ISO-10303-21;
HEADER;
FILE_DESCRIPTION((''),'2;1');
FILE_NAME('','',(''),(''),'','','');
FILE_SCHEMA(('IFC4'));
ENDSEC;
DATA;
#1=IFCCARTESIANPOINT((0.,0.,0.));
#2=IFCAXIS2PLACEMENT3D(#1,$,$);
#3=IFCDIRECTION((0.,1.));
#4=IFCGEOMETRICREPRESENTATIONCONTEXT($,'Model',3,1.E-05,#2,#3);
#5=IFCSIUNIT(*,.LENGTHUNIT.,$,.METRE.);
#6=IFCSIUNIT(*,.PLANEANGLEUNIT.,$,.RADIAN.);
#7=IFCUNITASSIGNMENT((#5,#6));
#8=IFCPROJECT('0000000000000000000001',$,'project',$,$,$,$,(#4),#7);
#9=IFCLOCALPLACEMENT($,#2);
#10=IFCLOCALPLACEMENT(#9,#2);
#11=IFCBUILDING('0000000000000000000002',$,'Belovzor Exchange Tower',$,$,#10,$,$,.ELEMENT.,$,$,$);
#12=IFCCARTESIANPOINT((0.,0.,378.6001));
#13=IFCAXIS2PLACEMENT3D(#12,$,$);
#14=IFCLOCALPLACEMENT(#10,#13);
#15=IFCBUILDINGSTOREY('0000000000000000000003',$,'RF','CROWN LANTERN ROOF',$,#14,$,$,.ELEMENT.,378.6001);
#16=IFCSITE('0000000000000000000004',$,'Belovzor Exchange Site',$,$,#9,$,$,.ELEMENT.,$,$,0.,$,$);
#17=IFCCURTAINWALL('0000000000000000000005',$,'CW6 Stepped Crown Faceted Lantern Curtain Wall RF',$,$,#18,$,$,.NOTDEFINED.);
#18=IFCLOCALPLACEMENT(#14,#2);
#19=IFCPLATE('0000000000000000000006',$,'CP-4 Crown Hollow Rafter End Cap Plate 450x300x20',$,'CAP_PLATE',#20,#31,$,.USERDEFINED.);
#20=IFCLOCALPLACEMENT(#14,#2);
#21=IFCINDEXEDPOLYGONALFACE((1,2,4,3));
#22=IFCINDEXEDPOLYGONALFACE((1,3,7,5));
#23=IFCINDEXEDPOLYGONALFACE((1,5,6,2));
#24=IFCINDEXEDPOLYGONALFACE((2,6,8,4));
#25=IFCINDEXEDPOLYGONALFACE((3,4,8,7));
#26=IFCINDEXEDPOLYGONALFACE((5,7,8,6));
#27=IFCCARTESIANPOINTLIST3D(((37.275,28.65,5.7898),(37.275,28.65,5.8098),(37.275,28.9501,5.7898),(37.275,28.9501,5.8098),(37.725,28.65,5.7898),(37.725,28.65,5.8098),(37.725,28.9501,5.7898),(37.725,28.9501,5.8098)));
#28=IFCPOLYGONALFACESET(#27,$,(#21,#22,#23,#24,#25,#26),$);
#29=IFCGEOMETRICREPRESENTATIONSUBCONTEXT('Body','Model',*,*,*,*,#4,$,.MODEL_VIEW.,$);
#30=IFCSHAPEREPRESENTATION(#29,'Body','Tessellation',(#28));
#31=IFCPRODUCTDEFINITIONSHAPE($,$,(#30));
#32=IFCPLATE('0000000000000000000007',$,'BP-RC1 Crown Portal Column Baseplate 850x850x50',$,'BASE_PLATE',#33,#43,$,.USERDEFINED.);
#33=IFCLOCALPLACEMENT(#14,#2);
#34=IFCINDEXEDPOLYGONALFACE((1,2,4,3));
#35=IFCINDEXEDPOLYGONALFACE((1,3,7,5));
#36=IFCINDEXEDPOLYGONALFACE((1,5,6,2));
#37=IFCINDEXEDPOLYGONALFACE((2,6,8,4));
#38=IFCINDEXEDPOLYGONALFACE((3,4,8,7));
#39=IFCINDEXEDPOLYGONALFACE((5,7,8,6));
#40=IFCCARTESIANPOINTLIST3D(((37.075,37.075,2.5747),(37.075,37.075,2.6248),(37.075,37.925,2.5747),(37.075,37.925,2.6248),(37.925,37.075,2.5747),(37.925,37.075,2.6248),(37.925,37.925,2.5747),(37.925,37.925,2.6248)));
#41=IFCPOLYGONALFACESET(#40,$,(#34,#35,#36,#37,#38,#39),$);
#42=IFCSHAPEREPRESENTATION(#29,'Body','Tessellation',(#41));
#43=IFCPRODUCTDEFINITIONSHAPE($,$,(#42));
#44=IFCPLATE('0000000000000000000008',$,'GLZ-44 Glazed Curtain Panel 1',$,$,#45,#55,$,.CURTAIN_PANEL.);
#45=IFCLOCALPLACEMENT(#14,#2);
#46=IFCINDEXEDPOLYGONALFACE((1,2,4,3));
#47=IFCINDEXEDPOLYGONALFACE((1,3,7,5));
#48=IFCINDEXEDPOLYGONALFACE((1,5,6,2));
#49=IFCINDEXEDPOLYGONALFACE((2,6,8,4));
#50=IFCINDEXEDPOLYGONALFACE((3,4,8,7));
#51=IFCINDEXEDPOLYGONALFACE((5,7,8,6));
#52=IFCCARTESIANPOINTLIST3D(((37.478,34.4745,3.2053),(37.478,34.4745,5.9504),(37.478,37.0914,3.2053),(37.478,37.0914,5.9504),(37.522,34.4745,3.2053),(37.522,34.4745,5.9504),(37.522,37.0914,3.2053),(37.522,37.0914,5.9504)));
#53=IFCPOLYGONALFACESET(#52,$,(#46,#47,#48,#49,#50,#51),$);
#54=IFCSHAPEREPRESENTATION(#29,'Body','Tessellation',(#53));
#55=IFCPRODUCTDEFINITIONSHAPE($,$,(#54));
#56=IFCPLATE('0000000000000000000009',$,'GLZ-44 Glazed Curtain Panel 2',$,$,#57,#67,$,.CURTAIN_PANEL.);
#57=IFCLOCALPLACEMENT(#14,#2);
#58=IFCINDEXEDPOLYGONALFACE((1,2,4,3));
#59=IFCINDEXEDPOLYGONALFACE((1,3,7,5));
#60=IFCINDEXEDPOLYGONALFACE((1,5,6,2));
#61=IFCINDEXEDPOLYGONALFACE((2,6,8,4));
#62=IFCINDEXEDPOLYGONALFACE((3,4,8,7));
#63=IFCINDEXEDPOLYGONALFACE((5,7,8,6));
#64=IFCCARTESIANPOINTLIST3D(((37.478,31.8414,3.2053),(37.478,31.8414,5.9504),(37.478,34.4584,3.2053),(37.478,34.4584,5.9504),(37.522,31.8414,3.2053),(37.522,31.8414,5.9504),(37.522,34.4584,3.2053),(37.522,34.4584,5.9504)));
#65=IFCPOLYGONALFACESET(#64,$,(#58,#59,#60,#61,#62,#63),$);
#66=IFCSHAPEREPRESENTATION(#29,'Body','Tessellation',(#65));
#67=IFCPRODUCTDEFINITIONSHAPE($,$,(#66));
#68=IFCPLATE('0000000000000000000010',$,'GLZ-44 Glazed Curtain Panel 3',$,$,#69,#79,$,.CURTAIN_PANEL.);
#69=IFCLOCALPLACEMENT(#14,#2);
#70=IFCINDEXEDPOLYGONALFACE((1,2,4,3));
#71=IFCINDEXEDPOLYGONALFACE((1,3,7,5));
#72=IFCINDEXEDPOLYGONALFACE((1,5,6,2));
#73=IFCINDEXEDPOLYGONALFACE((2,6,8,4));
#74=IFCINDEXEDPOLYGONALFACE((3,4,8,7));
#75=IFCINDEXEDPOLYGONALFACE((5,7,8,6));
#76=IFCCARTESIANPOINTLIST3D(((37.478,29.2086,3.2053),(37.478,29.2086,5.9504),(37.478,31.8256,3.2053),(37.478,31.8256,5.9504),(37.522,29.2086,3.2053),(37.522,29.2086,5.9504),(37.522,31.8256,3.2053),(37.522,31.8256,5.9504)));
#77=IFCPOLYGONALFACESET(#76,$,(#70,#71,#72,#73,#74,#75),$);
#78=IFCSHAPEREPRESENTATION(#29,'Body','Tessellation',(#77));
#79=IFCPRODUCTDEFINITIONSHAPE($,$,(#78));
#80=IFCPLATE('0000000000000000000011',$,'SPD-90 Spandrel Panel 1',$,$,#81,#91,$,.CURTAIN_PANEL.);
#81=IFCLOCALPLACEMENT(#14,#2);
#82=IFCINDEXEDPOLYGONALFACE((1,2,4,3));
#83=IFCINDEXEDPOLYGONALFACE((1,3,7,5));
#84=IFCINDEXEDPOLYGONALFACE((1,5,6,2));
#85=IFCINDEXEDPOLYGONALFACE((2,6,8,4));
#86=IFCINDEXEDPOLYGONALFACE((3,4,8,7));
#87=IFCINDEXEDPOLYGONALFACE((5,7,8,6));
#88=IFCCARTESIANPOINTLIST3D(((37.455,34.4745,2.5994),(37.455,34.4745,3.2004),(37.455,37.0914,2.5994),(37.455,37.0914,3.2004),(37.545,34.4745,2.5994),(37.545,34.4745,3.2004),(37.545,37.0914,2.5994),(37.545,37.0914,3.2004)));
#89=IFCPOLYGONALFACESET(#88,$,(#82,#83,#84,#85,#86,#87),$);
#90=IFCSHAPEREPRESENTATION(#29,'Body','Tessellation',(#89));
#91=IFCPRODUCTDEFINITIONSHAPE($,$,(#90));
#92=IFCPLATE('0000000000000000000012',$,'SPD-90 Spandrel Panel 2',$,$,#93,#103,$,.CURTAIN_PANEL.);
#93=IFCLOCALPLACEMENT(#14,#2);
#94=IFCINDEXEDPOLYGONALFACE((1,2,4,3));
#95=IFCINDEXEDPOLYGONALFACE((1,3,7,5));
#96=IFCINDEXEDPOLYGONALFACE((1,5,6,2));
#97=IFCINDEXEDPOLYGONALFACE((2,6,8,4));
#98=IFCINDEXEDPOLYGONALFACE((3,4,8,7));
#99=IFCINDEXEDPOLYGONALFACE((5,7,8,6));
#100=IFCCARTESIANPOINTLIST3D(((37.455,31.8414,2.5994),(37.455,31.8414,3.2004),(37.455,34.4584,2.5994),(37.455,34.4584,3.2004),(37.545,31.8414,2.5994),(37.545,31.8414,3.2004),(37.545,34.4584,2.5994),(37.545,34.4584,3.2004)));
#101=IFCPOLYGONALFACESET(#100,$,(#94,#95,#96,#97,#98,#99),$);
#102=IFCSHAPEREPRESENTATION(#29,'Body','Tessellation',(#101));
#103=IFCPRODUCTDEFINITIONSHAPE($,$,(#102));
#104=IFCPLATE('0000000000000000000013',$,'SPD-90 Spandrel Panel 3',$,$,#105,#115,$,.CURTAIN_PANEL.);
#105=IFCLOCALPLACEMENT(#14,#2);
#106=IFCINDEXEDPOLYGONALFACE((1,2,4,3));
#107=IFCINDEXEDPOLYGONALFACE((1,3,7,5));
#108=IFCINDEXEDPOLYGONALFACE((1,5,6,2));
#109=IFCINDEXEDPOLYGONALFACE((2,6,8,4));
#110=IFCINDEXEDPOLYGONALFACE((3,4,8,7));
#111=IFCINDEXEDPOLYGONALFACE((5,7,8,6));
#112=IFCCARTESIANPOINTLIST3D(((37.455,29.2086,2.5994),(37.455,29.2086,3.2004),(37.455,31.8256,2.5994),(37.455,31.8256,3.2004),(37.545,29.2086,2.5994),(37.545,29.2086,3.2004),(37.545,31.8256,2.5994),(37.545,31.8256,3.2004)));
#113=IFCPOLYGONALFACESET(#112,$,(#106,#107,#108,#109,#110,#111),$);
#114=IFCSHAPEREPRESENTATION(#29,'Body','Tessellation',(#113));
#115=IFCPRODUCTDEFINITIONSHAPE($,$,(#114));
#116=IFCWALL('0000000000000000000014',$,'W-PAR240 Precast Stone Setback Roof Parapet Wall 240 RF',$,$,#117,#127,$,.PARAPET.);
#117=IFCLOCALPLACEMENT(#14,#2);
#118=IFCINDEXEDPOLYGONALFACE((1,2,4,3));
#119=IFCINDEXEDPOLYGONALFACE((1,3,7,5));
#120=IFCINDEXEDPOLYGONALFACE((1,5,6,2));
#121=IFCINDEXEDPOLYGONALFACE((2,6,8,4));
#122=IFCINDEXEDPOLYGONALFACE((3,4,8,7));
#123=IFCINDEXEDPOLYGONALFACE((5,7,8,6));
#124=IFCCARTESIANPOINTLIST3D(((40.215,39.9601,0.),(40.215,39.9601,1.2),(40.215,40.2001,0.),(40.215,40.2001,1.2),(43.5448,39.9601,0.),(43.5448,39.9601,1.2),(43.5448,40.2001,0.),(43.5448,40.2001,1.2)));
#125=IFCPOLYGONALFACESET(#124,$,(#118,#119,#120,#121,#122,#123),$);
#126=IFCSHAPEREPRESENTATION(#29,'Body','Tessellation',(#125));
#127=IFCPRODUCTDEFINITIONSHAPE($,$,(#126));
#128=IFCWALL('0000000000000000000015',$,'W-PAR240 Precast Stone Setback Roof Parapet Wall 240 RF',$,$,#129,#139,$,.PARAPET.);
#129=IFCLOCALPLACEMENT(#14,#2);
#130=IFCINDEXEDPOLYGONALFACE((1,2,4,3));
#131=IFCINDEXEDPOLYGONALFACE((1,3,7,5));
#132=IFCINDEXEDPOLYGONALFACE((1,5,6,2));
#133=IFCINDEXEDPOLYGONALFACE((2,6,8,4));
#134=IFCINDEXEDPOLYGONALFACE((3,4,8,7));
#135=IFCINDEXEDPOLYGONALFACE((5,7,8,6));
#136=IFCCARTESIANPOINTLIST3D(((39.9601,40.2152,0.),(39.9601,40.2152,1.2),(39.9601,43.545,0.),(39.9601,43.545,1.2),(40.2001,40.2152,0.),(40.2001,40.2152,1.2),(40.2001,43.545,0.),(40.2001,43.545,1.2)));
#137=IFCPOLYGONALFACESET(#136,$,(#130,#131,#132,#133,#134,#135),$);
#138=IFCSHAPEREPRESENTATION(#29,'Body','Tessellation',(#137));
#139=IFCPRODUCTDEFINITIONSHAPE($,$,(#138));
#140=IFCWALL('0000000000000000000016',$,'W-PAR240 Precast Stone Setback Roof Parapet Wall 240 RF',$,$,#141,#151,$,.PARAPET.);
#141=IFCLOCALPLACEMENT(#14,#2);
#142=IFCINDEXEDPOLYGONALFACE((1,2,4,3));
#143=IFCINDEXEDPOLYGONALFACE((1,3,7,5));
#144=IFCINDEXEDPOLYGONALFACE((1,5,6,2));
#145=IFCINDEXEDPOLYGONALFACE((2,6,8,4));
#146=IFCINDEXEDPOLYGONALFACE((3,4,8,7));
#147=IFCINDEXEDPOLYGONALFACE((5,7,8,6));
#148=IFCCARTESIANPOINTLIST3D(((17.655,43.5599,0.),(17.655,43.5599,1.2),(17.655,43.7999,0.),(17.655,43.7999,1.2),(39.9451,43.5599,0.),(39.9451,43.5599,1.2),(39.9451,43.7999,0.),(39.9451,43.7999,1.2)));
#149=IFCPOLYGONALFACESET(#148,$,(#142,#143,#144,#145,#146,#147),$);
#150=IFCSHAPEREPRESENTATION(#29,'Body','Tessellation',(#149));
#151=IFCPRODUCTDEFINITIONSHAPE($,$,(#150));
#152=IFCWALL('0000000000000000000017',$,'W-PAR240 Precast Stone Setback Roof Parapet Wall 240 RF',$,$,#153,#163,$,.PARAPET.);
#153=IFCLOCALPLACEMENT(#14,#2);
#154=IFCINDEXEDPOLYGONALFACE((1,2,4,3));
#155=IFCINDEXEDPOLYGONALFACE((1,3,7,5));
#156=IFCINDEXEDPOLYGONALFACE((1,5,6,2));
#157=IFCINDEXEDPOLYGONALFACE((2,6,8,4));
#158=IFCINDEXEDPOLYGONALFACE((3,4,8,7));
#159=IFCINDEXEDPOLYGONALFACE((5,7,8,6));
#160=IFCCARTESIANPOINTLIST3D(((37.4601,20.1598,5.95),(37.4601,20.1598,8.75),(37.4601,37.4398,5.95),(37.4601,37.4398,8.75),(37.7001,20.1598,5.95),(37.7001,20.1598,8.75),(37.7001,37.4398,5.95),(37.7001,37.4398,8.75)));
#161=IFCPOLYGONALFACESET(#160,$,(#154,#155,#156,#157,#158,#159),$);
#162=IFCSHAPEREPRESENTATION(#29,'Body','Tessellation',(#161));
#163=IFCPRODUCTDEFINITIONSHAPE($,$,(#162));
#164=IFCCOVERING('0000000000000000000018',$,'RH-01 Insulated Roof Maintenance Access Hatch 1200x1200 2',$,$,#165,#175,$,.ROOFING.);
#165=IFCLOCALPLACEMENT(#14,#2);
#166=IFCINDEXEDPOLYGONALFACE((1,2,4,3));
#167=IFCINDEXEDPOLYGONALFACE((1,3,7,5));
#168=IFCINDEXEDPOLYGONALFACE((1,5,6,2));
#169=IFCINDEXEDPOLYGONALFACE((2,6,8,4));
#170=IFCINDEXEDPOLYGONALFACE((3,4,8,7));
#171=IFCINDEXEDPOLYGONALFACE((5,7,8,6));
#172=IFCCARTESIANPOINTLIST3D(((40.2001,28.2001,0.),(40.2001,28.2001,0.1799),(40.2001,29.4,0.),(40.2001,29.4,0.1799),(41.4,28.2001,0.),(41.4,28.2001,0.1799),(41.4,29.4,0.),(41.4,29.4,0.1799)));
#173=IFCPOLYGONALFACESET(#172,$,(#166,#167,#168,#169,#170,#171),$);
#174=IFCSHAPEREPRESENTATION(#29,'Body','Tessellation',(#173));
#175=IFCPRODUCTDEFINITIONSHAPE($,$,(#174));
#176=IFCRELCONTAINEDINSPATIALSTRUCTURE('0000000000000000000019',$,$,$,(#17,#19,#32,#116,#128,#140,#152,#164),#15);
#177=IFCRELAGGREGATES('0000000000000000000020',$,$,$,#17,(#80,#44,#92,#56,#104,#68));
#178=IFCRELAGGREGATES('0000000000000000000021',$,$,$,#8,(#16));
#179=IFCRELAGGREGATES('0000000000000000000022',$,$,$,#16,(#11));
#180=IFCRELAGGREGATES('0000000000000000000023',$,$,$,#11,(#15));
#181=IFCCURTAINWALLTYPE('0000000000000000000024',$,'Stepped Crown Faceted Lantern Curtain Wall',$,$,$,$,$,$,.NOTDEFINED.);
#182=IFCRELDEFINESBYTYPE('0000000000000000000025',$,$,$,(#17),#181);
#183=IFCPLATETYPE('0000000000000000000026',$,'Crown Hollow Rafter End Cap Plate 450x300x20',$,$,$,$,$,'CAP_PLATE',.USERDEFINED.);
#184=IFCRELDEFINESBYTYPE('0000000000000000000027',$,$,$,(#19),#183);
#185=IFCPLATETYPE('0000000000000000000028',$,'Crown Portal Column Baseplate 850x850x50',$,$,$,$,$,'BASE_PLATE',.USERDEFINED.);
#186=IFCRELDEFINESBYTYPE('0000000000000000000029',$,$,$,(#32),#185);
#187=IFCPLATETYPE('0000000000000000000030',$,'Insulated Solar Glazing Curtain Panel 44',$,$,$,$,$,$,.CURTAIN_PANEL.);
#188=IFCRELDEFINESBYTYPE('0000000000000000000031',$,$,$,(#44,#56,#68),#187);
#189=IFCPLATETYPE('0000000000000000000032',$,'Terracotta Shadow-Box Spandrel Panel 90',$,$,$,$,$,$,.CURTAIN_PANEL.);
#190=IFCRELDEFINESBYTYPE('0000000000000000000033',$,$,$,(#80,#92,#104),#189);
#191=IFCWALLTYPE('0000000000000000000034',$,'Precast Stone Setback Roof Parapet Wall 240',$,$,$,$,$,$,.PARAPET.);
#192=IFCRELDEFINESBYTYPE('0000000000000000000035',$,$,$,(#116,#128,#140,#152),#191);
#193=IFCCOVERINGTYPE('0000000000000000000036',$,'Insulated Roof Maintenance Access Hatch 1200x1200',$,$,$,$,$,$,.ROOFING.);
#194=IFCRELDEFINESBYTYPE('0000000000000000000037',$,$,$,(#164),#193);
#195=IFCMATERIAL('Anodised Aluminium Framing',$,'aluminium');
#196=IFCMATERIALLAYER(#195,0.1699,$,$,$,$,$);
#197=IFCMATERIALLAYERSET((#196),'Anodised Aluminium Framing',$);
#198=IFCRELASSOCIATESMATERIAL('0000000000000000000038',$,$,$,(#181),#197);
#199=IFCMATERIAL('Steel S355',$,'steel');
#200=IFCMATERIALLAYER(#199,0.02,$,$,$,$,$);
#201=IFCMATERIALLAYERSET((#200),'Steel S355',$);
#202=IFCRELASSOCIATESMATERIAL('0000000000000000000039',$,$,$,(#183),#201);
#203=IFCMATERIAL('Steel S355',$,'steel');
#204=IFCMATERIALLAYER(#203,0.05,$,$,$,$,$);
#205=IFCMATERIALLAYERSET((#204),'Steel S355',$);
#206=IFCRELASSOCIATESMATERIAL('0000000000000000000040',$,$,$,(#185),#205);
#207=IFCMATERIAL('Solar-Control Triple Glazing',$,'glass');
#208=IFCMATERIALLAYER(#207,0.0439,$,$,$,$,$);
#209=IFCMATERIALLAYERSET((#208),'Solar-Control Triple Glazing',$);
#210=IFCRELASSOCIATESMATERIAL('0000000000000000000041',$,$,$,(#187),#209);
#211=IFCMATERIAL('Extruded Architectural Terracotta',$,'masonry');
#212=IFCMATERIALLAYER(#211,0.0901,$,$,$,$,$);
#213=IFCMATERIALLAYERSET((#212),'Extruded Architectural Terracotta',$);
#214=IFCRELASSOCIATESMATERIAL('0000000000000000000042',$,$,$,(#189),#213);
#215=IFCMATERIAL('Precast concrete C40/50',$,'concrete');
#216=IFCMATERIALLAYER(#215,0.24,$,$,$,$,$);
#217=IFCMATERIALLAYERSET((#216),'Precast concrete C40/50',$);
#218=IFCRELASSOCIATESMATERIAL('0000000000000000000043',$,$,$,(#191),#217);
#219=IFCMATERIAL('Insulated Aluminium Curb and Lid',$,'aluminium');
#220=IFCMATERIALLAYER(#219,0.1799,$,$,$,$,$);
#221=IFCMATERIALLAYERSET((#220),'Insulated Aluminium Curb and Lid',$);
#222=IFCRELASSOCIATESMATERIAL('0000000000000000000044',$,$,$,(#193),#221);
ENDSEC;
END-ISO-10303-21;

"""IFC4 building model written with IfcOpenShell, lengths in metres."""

from ifc_helpers import new_model, si_unit, direction, frame, frame_2d, origin, origin_2d, place, context, subcontext, project, spatial, rectangle, extrude, material, layer, layer_set, type_object, element, aggregate, save


model = new_model("IFC4")

# Units and contexts
model_context = context("Model", 3, precision=1e-05, world=origin(), true_north=direction((0.0, 1.0)))
body_context = subcontext(model_context, "Body", "Model", "MODEL_VIEW")
ifc_project = project(units=[si_unit("LENGTHUNIT", "METRE"), si_unit("PLANEANGLEUNIT", "RADIAN")], contexts=[model_context])

# Site, building, storey
site_placement = place(None, origin())
site = spatial("IfcSite", under=ifc_project, at=site_placement, Name="Belovzor Exchange Site", CompositionType="ELEMENT", RefElevation=0.0)
building_placement = place(site_placement, origin())
building = spatial("IfcBuilding", under=site, at=building_placement, Name="Belovzor Exchange Tower", CompositionType="ELEMENT")
storey_placement = place(building_placement, frame((0.0, 0.0, 378.6001)))
storey = spatial("IfcBuildingStorey", under=building, at=storey_placement, Name="RF", Description="CROWN LANTERN ROOF", CompositionType="ELEMENT", Elevation=378.6001)

# Curtain wall
ifc_material_1 = material(Name="Anodised Aluminium Framing", Category="aluminium")
ifc_layer_1 = layer(ifc_material_1, 0.1699)
ifc_layer_set_1 = layer_set([ifc_layer_1], Name="Anodised Aluminium Framing")
curtain_wall_type = type_object("IfcCurtainWallType", Name="Stepped Crown Faceted Lantern Curtain Wall", PredefinedType="NOTDEFINED", material=ifc_layer_set_1)
curtain_wall_placement = place(storey_placement, origin())
curtain_wall = element("IfcCurtainWall", 1, at=curtain_wall_placement, inside=storey, type_object=curtain_wall_type, Name="CW6 Stepped Crown Faceted Lantern Curtain Wall RF", PredefinedType="NOTDEFINED")

# Plates
ifc_material_2 = material(Name="Steel S355", Category="steel")
ifc_layer_2 = layer(ifc_material_2, 0.02)
ifc_layer_set_2 = layer_set([ifc_layer_2], Name="Steel S355")
plate_type_1 = type_object("IfcPlateType", Name="Crown Hollow Rafter End Cap Plate 450x300x20", ElementType="CAP_PLATE", PredefinedType="USERDEFINED", material=ifc_layer_set_2)
for number, where, z_axis, x_axis, name in (
    (2, (37.5, 28.8, 5.7898), (0.0, 0.0, 1.0), (1.0, 0.0, 0.0), "CP-4 Crown Hollow Rafter End Cap Plate 450x300x20"),
):
    element("IfcPlate", number, at=place(storey_placement, frame(where, z_axis=z_axis, x_axis=x_axis)), inside=storey, type_object=plate_type_1, Name=name, ObjectType="CAP_PLATE", PredefinedType="USERDEFINED", context=body_context, shape_type="SweptSolid", body=[
        extrude(rectangle(XDim=0.45, YDim=0.3, at=origin_2d()), origin(), (0.0, 0.0, 1.0), 0.02),
    ])
ifc_material_3 = material(Name="Steel S355", Category="steel")
ifc_layer_3 = layer(ifc_material_3, 0.05)
ifc_layer_set_3 = layer_set([ifc_layer_3], Name="Steel S355")
plate_type_2 = type_object("IfcPlateType", Name="Crown Portal Column Baseplate 850x850x50", ElementType="BASE_PLATE", PredefinedType="USERDEFINED", material=ifc_layer_set_3)
plate_1_placement = place(storey_placement, frame((37.5, 37.5, 2.5747), z_axis=(0.0, 0.0, 1.0), x_axis=(1.0, 0.0, 0.0)))
element("IfcPlate", 3, at=plate_1_placement, inside=storey, type_object=plate_type_2, Name="BP-RC1 Crown Portal Column Baseplate 850x850x50", ObjectType="BASE_PLATE", PredefinedType="USERDEFINED", context=body_context, shape_type="SweptSolid", body=[
    extrude(rectangle(XDim=0.8501, YDim=0.8501, at=origin_2d()), origin(), (0.0, 0.0, 1.0), 0.05),
])

# Plates
ifc_material_4 = material(Name="Solar-Control Triple Glazing", Category="glass")
ifc_layer_4 = layer(ifc_material_4, 0.0439)
ifc_layer_set_4 = layer_set([ifc_layer_4], Name="Solar-Control Triple Glazing")
plate_type_3 = type_object("IfcPlateType", Name="Insulated Solar Glazing Curtain Panel 44", PredefinedType="CURTAIN_PANEL", material=ifc_layer_set_4)
plate_2_placement = place(storey_placement, frame((37.5, 35.783, 3.2053), z_axis=(0.0, 0.0, 1.0), x_axis=(0.0, -1.0, 0.0)))
plate_2 = element("IfcPlate", 4, at=plate_2_placement, type_object=plate_type_3, Name="GLZ-44 Glazed Curtain Panel 1", PredefinedType="CURTAIN_PANEL", context=body_context, shape_type="SweptSolid", body=[
    extrude(rectangle(XDim=2.6169, YDim=0.0439, at=origin_2d()), origin(), (0.0, 0.0, 1.0), 2.7451),
])
plate_3_placement = place(storey_placement, frame((37.5, 33.1499, 3.2053), z_axis=(0.0, 0.0, 1.0), x_axis=(0.0, -1.0, 0.0)))
plate_3 = element("IfcPlate", 5, at=plate_3_placement, type_object=plate_type_3, Name="GLZ-44 Glazed Curtain Panel 2", PredefinedType="CURTAIN_PANEL", context=body_context, shape_type="SweptSolid", body=[
    extrude(rectangle(XDim=2.6169, YDim=0.0439, at=origin_2d()), origin(), (0.0, 0.0, 1.0), 2.7451),
])
plate_4_placement = place(storey_placement, frame((37.5, 30.5171, 3.2053), z_axis=(0.0, 0.0, 1.0), x_axis=(0.0, -1.0, 0.0)))
plate_4 = element("IfcPlate", 6, at=plate_4_placement, type_object=plate_type_3, Name="GLZ-44 Glazed Curtain Panel 3", PredefinedType="CURTAIN_PANEL", context=body_context, shape_type="SweptSolid", body=[
    extrude(rectangle(XDim=2.6169, YDim=0.0439, at=origin_2d()), origin(), (0.0, 0.0, 1.0), 2.7451),
])
ifc_material_5 = material(Name="Extruded Architectural Terracotta", Category="masonry")
ifc_layer_5 = layer(ifc_material_5, 0.0901)
ifc_layer_set_5 = layer_set([ifc_layer_5], Name="Extruded Architectural Terracotta")
plate_type_4 = type_object("IfcPlateType", Name="Terracotta Shadow-Box Spandrel Panel 90", PredefinedType="CURTAIN_PANEL", material=ifc_layer_set_5)
plate_5_placement = place(storey_placement, frame((37.5, 35.783, 2.5994), z_axis=(0.0, 0.0, 1.0), x_axis=(0.0, -1.0, 0.0)))
plate_5 = element("IfcPlate", 7, at=plate_5_placement, type_object=plate_type_4, Name="SPD-90 Spandrel Panel 1", PredefinedType="CURTAIN_PANEL", context=body_context, shape_type="SweptSolid", body=[
    extrude(rectangle(XDim=2.6169, YDim=0.0901, at=origin_2d()), origin(), (0.0, 0.0, 1.0), 0.6011),
])
plate_6_placement = place(storey_placement, frame((37.5, 33.1499, 2.5994), z_axis=(0.0, 0.0, 1.0), x_axis=(0.0, -1.0, 0.0)))
plate_6 = element("IfcPlate", 8, at=plate_6_placement, type_object=plate_type_4, Name="SPD-90 Spandrel Panel 2", PredefinedType="CURTAIN_PANEL", context=body_context, shape_type="SweptSolid", body=[
    extrude(rectangle(XDim=2.6169, YDim=0.0901, at=origin_2d()), origin(), (0.0, 0.0, 1.0), 0.6011),
])
plate_7_placement = place(storey_placement, frame((37.5, 30.5171, 2.5994), z_axis=(0.0, 0.0, 1.0), x_axis=(0.0, -1.0, 0.0)))
plate_7 = element("IfcPlate", 9, at=plate_7_placement, type_object=plate_type_4, Name="SPD-90 Spandrel Panel 3", PredefinedType="CURTAIN_PANEL", context=body_context, shape_type="SweptSolid", body=[
    extrude(rectangle(XDim=2.6169, YDim=0.0901, at=origin_2d()), origin(), (0.0, 0.0, 1.0), 0.6011),
])
aggregate(curtain_wall, [plate_5, plate_2, plate_6, plate_3, plate_7, plate_4])

# Walls
ifc_material_6 = material(Name="Precast concrete C40/50", Category="concrete")
ifc_layer_6 = layer(ifc_material_6, 0.24)
ifc_layer_set_6 = layer_set([ifc_layer_6], Name="Precast concrete C40/50")
wall_type = type_object("IfcWallType", Name="Precast Stone Setback Roof Parapet Wall 240", PredefinedType="PARAPET", material=ifc_layer_set_6)
for number, where, z_axis, x_axis, name in (
    (10, (43.5449, 40.0801, 0.0), (0.0, 0.0, 1.0), (-1.0, 0.0, 0.0), "W-PAR240 Precast Stone Setback Roof Parapet Wall 240 RF"),
    (11, (40.0801, 40.2151, 0.0), (0.0, 0.0, 1.0), (0.0, 1.0, 0.0), "W-PAR240 Precast Stone Setback Roof Parapet Wall 240 RF"),
):
    element("IfcWall", number, at=place(storey_placement, frame(where, z_axis=z_axis, x_axis=x_axis)), inside=storey, type_object=wall_type, Name=name, PredefinedType="PARAPET", context=body_context, shape_type="SweptSolid", body=[
        extrude(rectangle(XDim=3.3298, YDim=0.24, at=frame_2d((1.665, 0.0))), origin(), (0.0, 0.0, 1.0), 1.2),
    ])
wall_1_placement = place(storey_placement, frame((39.9451, 43.6799, 0.0), z_axis=(0.0, 0.0, 1.0), x_axis=(-1.0, 0.0, 0.0)))
element("IfcWall", 12, at=wall_1_placement, inside=storey, type_object=wall_type, Name="W-PAR240 Precast Stone Setback Roof Parapet Wall 240 RF", PredefinedType="PARAPET", context=body_context, shape_type="SweptSolid", body=[
    extrude(rectangle(XDim=22.29, YDim=0.24, at=frame_2d((11.145, 0.0))), origin(), (0.0, 0.0, 1.0), 1.2),
])
wall_2_placement = place(storey_placement, frame((37.5801, 37.4399, 5.95), z_axis=(0.0, 0.0, 1.0), x_axis=(0.0, -1.0, 0.0)))
element("IfcWall", 13, at=wall_2_placement, inside=storey, type_object=wall_type, Name="W-PAR240 Precast Stone Setback Roof Parapet Wall 240 RF", PredefinedType="PARAPET", context=body_context, shape_type="SweptSolid", body=[
    extrude(rectangle(XDim=17.28, YDim=0.24, at=frame_2d((8.6401, 0.0))), origin(), (0.0, 0.0, 1.0), 2.8),
])

# Covering
ifc_material_7 = material(Name="Insulated Aluminium Curb and Lid", Category="aluminium")
ifc_layer_7 = layer(ifc_material_7, 0.1799)
ifc_layer_set_7 = layer_set([ifc_layer_7], Name="Insulated Aluminium Curb and Lid")
covering_type = type_object("IfcCoveringType", Name="Insulated Roof Maintenance Access Hatch 1200x1200", PredefinedType="ROOFING", material=ifc_layer_set_7)
covering_placement = place(storey_placement, frame((40.8, 28.8, 0.0), z_axis=(0.0, 0.0, 1.0), x_axis=(1.0, 0.0, 0.0)))
element("IfcCovering", 14, at=covering_placement, inside=storey, type_object=covering_type, Name="RH-01 Insulated Roof Maintenance Access Hatch 1200x1200 2", PredefinedType="ROOFING", context=body_context, shape_type="SweptSolid", body=[
    extrude(rectangle(XDim=1.2, YDim=1.2, at=origin_2d()), origin(), (0.0, 0.0, 1.0), 0.1799),
])

save(model, "model.ifc")
